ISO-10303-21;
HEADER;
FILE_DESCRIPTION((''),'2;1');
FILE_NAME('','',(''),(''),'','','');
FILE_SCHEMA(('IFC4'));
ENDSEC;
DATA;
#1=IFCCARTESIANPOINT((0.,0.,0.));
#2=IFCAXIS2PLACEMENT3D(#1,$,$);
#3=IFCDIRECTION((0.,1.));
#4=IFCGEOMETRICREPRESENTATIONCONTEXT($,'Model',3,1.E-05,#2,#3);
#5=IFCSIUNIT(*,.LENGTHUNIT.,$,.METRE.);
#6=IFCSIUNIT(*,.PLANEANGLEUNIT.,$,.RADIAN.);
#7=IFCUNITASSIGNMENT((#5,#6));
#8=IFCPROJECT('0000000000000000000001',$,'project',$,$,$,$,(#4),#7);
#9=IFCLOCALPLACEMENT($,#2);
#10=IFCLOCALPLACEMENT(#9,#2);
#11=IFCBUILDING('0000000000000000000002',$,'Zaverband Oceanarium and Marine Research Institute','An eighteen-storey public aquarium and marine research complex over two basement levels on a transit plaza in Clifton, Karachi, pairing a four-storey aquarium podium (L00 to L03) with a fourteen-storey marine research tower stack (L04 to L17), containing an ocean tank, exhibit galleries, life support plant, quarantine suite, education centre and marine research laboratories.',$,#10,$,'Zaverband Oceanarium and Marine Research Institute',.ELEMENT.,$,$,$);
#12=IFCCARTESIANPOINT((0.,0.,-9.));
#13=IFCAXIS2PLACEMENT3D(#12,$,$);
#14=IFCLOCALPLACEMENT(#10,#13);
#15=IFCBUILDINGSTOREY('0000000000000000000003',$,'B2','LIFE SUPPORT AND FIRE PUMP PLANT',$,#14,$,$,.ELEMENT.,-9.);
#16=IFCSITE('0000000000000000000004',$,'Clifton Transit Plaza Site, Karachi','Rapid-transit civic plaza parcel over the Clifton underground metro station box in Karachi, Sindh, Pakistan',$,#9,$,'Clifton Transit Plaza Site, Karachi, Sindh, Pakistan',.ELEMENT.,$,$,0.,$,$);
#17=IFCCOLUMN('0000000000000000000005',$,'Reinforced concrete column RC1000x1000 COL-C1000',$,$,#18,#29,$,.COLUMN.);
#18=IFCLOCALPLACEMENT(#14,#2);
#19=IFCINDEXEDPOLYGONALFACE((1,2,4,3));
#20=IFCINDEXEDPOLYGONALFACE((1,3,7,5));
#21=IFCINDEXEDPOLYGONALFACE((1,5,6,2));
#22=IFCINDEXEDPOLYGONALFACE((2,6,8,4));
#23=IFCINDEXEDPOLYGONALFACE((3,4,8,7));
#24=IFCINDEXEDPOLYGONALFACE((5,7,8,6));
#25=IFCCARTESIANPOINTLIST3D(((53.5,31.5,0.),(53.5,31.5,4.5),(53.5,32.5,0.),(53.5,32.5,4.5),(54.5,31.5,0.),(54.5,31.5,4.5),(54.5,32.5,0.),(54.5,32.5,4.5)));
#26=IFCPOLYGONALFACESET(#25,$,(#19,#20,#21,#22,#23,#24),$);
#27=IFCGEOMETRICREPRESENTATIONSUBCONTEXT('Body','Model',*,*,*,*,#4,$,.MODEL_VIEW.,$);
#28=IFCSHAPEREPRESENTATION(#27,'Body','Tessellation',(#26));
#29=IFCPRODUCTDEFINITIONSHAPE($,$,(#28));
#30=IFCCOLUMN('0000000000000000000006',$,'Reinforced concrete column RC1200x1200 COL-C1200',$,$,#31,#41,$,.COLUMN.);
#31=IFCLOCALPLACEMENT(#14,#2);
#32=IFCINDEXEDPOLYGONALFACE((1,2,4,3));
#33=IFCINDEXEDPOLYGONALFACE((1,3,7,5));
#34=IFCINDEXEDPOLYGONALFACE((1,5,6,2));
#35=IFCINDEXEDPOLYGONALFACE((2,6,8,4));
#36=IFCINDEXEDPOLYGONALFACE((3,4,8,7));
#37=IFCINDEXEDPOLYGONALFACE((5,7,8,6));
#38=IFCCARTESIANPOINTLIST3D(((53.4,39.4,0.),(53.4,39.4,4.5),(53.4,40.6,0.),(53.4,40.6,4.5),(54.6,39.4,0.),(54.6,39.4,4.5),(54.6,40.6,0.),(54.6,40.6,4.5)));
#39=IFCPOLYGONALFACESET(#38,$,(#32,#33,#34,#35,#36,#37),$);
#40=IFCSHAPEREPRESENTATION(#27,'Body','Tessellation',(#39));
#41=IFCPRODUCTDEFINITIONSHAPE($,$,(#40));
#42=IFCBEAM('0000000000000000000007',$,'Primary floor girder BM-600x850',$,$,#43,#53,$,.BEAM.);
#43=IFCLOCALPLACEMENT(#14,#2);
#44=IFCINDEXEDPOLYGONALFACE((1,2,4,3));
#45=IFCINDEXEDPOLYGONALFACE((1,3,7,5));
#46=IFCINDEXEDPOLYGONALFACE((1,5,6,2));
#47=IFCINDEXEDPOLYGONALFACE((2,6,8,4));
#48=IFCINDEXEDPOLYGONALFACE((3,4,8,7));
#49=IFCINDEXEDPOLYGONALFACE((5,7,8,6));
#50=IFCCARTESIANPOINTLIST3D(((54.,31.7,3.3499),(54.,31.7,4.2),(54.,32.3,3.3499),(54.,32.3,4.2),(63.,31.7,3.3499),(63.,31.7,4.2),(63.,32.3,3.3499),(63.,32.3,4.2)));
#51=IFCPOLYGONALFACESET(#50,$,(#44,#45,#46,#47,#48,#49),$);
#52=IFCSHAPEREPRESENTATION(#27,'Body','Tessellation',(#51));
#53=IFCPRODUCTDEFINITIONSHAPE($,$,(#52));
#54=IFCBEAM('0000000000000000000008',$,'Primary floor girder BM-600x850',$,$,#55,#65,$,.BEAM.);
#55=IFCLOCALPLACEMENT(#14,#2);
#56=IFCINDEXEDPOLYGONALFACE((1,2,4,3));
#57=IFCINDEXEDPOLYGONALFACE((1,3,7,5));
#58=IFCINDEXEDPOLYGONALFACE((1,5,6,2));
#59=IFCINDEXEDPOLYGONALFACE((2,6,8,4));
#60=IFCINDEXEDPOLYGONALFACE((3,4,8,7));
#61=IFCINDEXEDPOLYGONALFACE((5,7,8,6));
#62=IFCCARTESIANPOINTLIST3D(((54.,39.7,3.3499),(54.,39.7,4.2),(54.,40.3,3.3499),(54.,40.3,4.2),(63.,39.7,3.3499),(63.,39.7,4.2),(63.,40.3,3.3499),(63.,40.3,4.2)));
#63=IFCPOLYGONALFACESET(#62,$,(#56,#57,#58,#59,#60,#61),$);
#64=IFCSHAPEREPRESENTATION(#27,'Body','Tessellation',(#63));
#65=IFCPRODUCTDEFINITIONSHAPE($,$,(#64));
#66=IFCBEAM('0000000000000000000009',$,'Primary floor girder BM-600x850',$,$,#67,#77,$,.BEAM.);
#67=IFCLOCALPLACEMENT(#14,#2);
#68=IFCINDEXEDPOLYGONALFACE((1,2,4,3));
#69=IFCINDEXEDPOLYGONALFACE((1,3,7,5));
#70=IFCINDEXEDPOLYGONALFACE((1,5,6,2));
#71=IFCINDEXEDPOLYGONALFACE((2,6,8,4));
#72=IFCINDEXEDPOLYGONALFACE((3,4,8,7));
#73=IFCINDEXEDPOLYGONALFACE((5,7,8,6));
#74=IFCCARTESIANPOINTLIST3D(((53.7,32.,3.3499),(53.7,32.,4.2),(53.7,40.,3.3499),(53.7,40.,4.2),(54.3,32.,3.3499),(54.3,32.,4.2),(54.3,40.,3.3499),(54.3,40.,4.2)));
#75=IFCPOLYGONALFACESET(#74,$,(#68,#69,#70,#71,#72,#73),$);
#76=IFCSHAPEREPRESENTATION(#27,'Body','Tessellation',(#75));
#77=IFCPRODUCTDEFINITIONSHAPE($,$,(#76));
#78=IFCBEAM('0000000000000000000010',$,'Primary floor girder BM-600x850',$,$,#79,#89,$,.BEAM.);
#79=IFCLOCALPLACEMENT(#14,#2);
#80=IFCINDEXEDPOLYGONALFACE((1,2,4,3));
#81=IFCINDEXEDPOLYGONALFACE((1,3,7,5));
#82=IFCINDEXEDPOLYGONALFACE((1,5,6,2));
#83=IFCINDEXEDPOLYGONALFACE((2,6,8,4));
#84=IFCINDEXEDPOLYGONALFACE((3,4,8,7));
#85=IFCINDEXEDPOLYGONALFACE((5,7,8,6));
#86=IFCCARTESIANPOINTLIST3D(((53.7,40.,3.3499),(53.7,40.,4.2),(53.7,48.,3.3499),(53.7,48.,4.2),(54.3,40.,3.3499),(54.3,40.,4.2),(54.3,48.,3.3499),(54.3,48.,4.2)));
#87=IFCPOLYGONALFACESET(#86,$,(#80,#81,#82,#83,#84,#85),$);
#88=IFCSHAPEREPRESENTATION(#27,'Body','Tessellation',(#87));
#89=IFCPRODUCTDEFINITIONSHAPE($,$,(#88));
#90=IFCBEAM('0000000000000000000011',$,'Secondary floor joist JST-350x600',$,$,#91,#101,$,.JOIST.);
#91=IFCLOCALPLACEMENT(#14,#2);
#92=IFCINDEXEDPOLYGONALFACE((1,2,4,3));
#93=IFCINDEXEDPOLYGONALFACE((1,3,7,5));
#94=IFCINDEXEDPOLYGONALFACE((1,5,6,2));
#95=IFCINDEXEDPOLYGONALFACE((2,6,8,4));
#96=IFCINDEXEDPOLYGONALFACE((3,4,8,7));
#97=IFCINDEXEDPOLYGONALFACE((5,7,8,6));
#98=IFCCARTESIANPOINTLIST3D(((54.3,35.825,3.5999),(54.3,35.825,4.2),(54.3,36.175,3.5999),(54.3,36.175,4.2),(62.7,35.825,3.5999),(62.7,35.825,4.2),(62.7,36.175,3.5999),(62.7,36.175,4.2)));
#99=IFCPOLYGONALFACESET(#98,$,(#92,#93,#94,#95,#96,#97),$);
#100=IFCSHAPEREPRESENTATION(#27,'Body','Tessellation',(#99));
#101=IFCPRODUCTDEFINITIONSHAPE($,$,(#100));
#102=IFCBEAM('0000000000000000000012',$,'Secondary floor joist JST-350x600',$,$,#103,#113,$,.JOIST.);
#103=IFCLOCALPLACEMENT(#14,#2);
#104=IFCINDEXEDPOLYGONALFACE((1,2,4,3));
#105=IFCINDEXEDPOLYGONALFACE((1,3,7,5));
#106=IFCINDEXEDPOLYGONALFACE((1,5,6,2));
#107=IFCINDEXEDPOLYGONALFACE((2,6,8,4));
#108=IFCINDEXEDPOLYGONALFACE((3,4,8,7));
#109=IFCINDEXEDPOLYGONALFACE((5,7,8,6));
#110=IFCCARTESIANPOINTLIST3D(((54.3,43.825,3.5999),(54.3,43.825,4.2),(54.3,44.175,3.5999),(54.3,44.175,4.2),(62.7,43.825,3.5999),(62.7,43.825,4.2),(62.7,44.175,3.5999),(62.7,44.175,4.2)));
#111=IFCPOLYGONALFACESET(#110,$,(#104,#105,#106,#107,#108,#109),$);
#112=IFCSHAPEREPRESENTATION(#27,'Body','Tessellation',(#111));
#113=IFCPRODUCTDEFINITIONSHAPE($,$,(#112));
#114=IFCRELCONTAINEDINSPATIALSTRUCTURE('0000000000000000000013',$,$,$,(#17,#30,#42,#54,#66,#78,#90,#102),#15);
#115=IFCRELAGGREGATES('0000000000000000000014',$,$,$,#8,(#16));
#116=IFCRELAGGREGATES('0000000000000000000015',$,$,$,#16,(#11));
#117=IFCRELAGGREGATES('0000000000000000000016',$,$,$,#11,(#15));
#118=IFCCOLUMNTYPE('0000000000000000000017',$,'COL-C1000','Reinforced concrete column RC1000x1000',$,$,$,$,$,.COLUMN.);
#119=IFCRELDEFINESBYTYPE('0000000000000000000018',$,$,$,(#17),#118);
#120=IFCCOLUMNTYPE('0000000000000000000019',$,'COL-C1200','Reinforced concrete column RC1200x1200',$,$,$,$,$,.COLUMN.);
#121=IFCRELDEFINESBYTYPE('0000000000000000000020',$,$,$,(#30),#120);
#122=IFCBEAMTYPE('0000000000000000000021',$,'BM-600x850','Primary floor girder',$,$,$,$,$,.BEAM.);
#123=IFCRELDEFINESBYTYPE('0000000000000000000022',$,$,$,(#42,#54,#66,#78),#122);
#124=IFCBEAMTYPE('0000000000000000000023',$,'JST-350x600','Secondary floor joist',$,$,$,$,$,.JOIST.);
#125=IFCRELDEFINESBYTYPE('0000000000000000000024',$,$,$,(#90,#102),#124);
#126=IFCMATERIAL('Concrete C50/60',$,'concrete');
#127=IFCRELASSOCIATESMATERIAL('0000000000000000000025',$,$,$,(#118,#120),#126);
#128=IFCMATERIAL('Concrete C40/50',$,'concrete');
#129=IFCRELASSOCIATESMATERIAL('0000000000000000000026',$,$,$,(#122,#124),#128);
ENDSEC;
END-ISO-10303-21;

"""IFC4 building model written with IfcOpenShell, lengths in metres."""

from ifc_helpers import new_model, si_unit, direction, frame, origin, origin_2d, place, context, subcontext, project, spatial, rectangle, extrude, material, material_profile, profile_set, type_object, element, save


model = new_model("IFC4")

# Units and contexts
model_context = context("Model", 3, precision=1e-05, world=origin(), true_north=direction((0.0, 1.0)))
body_context = subcontext(model_context, "Body", "Model", "MODEL_VIEW")
ifc_project = project(units=[si_unit("LENGTHUNIT", "METRE"), si_unit("PLANEANGLEUNIT", "RADIAN")], contexts=[model_context])

# Site, building, storey
site_placement = place(None, origin())
site = spatial("IfcSite", under=ifc_project, at=site_placement, Name="Clifton Transit Plaza Site, Karachi", Description="Rapid-transit civic plaza parcel over the Clifton underground metro station box in Karachi, Sindh, Pakistan", LongName="Clifton Transit Plaza Site, Karachi, Sindh, Pakistan", CompositionType="ELEMENT", RefElevation=0.0)
building_placement = place(site_placement, origin())
building = spatial("IfcBuilding", under=site, at=building_placement, Name="Zaverband Oceanarium and Marine Research Institute", Description="An eighteen-storey public aquarium and marine research complex over two basement levels on a transit plaza in Clifton, Karachi, pairing a four-storey aquarium podium (L00 to L03) with a fourteen-storey marine research tower stack (L04 to L17), containing an ocean tank, exhibit galleries, life support plant, quarantine suite, education centre and marine research laboratories.", LongName="Zaverband Oceanarium and Marine Research Institute", CompositionType="ELEMENT")
storey_placement = place(building_placement, frame((0.0, 0.0, -9.0)))
storey = spatial("IfcBuildingStorey", under=building, at=storey_placement, Name="B2", Description="LIFE SUPPORT AND FIRE PUMP PLANT", CompositionType="ELEMENT", Elevation=-9.0)

# Shared definitions
ifc_material_1 = material(Name="Concrete C50/60", Category="concrete")

# Columns
ifc_material_profile_1 = material_profile(ifc_material_1, rectangle(XDim=1.0, YDim=1.0, at=origin_2d()), Name="RC1000x1000")
ifc_profile_set_1 = profile_set([ifc_material_profile_1], Name="Concrete C50/60")
column_type_1 = type_object("IfcColumnType", Name="COL-C1000", Description="Reinforced concrete column RC1000x1000", PredefinedType="COLUMN", material=ifc_profile_set_1)
column_1_placement = place(storey_placement, frame((54.0, 32.0, 0.0), z_axis=(0.0, 0.0, 1.0), x_axis=(1.0, 0.0, 0.0)))
element("IfcColumn", 1, at=column_1_placement, inside=storey, type_object=column_type_1, Name="Reinforced concrete column RC1000x1000 COL-C1000", PredefinedType="COLUMN", context=body_context, shape_type="SweptSolid", body=[
    extrude(rectangle(XDim=1.0, YDim=1.0, at=origin_2d()), origin(), (0.0, 0.0, 1.0), 4.5),
])
ifc_material_profile_2 = material_profile(ifc_material_1, rectangle(XDim=1.2, YDim=1.2, at=origin_2d()), Name="RC1200x1200")
ifc_profile_set_2 = profile_set([ifc_material_profile_2], Name="Concrete C50/60")
column_type_2 = type_object("IfcColumnType", Name="COL-C1200", Description="Reinforced concrete column RC1200x1200", PredefinedType="COLUMN", material=ifc_profile_set_2)
column_2_placement = place(storey_placement, frame((54.0, 40.0, 0.0), z_axis=(0.0, 0.0, 1.0), x_axis=(1.0, 0.0, 0.0)))
element("IfcColumn", 2, at=column_2_placement, inside=storey, type_object=column_type_2, Name="Reinforced concrete column RC1200x1200 COL-C1200", PredefinedType="COLUMN", context=body_context, shape_type="SweptSolid", body=[
    extrude(rectangle(XDim=1.2, YDim=1.2, at=origin_2d()), origin(), (0.0, 0.0, 1.0), 4.5),
])

# Beams
ifc_material_2 = material(Name="Concrete C40/50", Category="concrete")
ifc_material_profile_3 = material_profile(ifc_material_2, rectangle(XDim=0.6001, YDim=0.8501, at=origin_2d()), Name="RC600x850")
ifc_profile_set_3 = profile_set([ifc_material_profile_3], Name="Concrete C40/50")
beam_type_1 = type_object("IfcBeamType", Name="BM-600x850", Description="Primary floor girder", PredefinedType="BEAM", material=ifc_profile_set_3)
for number, where, z_axis, x_axis, name in (
    (3, (54.0, 32.0, 3.7749), (1.0, 0.0, 0.0), (0.0, 1.0, 0.0), "Primary floor girder BM-600x850"),
    (4, (54.0, 40.0, 3.7749), (1.0, 0.0, 0.0), (0.0, 1.0, 0.0), "Primary floor girder BM-600x850"),
):
    element("IfcBeam", number, at=place(storey_placement, frame(where, z_axis=z_axis, x_axis=x_axis)), inside=storey, type_object=beam_type_1, Name=name, PredefinedType="BEAM", context=body_context, shape_type="SweptSolid", body=[
        extrude(rectangle(XDim=0.6001, YDim=0.8501, at=origin_2d()), origin(), (0.0, 0.0, 1.0), 9.0),
    ])
for number, where, z_axis, x_axis, name in (
    (5, (54.0, 32.0, 3.7749), (0.0, 1.0, 0.0), (-1.0, 0.0, 0.0), "Primary floor girder BM-600x850"),
    (6, (54.0, 40.0, 3.7749), (0.0, 1.0, 0.0), (-1.0, 0.0, 0.0), "Primary floor girder BM-600x850"),
):
    element("IfcBeam", number, at=place(storey_placement, frame(where, z_axis=z_axis, x_axis=x_axis)), inside=storey, type_object=beam_type_1, Name=name, PredefinedType="BEAM", context=body_context, shape_type="SweptSolid", body=[
        extrude(rectangle(XDim=0.6001, YDim=0.8501, at=origin_2d()), origin(), (0.0, 0.0, 1.0), 8.0),
    ])
ifc_material_profile_4 = material_profile(ifc_material_2, rectangle(XDim=0.3501, YDim=0.6001, at=origin_2d()), Name="RC350x600")
ifc_profile_set_4 = profile_set([ifc_material_profile_4], Name="Concrete C40/50")
beam_type_2 = type_object("IfcBeamType", Name="JST-350x600", Description="Secondary floor joist", PredefinedType="JOIST", material=ifc_profile_set_4)
for number, where, z_axis, x_axis, name in (
    (7, (54.3, 36.0, 3.8999), (1.0, 0.0, 0.0), (0.0, 1.0, 0.0), "Secondary floor joist JST-350x600"),
    (8, (54.3, 44.0, 3.8999), (1.0, 0.0, 0.0), (0.0, 1.0, 0.0), "Secondary floor joist JST-350x600"),
):
    element("IfcBeam", number, at=place(storey_placement, frame(where, z_axis=z_axis, x_axis=x_axis)), inside=storey, type_object=beam_type_2, Name=name, PredefinedType="JOIST", context=body_context, shape_type="SweptSolid", body=[
        extrude(rectangle(XDim=0.3501, YDim=0.6001, at=origin_2d()), origin(), (0.0, 0.0, 1.0), 8.3999),
    ])

save(model, "model.ifc")
